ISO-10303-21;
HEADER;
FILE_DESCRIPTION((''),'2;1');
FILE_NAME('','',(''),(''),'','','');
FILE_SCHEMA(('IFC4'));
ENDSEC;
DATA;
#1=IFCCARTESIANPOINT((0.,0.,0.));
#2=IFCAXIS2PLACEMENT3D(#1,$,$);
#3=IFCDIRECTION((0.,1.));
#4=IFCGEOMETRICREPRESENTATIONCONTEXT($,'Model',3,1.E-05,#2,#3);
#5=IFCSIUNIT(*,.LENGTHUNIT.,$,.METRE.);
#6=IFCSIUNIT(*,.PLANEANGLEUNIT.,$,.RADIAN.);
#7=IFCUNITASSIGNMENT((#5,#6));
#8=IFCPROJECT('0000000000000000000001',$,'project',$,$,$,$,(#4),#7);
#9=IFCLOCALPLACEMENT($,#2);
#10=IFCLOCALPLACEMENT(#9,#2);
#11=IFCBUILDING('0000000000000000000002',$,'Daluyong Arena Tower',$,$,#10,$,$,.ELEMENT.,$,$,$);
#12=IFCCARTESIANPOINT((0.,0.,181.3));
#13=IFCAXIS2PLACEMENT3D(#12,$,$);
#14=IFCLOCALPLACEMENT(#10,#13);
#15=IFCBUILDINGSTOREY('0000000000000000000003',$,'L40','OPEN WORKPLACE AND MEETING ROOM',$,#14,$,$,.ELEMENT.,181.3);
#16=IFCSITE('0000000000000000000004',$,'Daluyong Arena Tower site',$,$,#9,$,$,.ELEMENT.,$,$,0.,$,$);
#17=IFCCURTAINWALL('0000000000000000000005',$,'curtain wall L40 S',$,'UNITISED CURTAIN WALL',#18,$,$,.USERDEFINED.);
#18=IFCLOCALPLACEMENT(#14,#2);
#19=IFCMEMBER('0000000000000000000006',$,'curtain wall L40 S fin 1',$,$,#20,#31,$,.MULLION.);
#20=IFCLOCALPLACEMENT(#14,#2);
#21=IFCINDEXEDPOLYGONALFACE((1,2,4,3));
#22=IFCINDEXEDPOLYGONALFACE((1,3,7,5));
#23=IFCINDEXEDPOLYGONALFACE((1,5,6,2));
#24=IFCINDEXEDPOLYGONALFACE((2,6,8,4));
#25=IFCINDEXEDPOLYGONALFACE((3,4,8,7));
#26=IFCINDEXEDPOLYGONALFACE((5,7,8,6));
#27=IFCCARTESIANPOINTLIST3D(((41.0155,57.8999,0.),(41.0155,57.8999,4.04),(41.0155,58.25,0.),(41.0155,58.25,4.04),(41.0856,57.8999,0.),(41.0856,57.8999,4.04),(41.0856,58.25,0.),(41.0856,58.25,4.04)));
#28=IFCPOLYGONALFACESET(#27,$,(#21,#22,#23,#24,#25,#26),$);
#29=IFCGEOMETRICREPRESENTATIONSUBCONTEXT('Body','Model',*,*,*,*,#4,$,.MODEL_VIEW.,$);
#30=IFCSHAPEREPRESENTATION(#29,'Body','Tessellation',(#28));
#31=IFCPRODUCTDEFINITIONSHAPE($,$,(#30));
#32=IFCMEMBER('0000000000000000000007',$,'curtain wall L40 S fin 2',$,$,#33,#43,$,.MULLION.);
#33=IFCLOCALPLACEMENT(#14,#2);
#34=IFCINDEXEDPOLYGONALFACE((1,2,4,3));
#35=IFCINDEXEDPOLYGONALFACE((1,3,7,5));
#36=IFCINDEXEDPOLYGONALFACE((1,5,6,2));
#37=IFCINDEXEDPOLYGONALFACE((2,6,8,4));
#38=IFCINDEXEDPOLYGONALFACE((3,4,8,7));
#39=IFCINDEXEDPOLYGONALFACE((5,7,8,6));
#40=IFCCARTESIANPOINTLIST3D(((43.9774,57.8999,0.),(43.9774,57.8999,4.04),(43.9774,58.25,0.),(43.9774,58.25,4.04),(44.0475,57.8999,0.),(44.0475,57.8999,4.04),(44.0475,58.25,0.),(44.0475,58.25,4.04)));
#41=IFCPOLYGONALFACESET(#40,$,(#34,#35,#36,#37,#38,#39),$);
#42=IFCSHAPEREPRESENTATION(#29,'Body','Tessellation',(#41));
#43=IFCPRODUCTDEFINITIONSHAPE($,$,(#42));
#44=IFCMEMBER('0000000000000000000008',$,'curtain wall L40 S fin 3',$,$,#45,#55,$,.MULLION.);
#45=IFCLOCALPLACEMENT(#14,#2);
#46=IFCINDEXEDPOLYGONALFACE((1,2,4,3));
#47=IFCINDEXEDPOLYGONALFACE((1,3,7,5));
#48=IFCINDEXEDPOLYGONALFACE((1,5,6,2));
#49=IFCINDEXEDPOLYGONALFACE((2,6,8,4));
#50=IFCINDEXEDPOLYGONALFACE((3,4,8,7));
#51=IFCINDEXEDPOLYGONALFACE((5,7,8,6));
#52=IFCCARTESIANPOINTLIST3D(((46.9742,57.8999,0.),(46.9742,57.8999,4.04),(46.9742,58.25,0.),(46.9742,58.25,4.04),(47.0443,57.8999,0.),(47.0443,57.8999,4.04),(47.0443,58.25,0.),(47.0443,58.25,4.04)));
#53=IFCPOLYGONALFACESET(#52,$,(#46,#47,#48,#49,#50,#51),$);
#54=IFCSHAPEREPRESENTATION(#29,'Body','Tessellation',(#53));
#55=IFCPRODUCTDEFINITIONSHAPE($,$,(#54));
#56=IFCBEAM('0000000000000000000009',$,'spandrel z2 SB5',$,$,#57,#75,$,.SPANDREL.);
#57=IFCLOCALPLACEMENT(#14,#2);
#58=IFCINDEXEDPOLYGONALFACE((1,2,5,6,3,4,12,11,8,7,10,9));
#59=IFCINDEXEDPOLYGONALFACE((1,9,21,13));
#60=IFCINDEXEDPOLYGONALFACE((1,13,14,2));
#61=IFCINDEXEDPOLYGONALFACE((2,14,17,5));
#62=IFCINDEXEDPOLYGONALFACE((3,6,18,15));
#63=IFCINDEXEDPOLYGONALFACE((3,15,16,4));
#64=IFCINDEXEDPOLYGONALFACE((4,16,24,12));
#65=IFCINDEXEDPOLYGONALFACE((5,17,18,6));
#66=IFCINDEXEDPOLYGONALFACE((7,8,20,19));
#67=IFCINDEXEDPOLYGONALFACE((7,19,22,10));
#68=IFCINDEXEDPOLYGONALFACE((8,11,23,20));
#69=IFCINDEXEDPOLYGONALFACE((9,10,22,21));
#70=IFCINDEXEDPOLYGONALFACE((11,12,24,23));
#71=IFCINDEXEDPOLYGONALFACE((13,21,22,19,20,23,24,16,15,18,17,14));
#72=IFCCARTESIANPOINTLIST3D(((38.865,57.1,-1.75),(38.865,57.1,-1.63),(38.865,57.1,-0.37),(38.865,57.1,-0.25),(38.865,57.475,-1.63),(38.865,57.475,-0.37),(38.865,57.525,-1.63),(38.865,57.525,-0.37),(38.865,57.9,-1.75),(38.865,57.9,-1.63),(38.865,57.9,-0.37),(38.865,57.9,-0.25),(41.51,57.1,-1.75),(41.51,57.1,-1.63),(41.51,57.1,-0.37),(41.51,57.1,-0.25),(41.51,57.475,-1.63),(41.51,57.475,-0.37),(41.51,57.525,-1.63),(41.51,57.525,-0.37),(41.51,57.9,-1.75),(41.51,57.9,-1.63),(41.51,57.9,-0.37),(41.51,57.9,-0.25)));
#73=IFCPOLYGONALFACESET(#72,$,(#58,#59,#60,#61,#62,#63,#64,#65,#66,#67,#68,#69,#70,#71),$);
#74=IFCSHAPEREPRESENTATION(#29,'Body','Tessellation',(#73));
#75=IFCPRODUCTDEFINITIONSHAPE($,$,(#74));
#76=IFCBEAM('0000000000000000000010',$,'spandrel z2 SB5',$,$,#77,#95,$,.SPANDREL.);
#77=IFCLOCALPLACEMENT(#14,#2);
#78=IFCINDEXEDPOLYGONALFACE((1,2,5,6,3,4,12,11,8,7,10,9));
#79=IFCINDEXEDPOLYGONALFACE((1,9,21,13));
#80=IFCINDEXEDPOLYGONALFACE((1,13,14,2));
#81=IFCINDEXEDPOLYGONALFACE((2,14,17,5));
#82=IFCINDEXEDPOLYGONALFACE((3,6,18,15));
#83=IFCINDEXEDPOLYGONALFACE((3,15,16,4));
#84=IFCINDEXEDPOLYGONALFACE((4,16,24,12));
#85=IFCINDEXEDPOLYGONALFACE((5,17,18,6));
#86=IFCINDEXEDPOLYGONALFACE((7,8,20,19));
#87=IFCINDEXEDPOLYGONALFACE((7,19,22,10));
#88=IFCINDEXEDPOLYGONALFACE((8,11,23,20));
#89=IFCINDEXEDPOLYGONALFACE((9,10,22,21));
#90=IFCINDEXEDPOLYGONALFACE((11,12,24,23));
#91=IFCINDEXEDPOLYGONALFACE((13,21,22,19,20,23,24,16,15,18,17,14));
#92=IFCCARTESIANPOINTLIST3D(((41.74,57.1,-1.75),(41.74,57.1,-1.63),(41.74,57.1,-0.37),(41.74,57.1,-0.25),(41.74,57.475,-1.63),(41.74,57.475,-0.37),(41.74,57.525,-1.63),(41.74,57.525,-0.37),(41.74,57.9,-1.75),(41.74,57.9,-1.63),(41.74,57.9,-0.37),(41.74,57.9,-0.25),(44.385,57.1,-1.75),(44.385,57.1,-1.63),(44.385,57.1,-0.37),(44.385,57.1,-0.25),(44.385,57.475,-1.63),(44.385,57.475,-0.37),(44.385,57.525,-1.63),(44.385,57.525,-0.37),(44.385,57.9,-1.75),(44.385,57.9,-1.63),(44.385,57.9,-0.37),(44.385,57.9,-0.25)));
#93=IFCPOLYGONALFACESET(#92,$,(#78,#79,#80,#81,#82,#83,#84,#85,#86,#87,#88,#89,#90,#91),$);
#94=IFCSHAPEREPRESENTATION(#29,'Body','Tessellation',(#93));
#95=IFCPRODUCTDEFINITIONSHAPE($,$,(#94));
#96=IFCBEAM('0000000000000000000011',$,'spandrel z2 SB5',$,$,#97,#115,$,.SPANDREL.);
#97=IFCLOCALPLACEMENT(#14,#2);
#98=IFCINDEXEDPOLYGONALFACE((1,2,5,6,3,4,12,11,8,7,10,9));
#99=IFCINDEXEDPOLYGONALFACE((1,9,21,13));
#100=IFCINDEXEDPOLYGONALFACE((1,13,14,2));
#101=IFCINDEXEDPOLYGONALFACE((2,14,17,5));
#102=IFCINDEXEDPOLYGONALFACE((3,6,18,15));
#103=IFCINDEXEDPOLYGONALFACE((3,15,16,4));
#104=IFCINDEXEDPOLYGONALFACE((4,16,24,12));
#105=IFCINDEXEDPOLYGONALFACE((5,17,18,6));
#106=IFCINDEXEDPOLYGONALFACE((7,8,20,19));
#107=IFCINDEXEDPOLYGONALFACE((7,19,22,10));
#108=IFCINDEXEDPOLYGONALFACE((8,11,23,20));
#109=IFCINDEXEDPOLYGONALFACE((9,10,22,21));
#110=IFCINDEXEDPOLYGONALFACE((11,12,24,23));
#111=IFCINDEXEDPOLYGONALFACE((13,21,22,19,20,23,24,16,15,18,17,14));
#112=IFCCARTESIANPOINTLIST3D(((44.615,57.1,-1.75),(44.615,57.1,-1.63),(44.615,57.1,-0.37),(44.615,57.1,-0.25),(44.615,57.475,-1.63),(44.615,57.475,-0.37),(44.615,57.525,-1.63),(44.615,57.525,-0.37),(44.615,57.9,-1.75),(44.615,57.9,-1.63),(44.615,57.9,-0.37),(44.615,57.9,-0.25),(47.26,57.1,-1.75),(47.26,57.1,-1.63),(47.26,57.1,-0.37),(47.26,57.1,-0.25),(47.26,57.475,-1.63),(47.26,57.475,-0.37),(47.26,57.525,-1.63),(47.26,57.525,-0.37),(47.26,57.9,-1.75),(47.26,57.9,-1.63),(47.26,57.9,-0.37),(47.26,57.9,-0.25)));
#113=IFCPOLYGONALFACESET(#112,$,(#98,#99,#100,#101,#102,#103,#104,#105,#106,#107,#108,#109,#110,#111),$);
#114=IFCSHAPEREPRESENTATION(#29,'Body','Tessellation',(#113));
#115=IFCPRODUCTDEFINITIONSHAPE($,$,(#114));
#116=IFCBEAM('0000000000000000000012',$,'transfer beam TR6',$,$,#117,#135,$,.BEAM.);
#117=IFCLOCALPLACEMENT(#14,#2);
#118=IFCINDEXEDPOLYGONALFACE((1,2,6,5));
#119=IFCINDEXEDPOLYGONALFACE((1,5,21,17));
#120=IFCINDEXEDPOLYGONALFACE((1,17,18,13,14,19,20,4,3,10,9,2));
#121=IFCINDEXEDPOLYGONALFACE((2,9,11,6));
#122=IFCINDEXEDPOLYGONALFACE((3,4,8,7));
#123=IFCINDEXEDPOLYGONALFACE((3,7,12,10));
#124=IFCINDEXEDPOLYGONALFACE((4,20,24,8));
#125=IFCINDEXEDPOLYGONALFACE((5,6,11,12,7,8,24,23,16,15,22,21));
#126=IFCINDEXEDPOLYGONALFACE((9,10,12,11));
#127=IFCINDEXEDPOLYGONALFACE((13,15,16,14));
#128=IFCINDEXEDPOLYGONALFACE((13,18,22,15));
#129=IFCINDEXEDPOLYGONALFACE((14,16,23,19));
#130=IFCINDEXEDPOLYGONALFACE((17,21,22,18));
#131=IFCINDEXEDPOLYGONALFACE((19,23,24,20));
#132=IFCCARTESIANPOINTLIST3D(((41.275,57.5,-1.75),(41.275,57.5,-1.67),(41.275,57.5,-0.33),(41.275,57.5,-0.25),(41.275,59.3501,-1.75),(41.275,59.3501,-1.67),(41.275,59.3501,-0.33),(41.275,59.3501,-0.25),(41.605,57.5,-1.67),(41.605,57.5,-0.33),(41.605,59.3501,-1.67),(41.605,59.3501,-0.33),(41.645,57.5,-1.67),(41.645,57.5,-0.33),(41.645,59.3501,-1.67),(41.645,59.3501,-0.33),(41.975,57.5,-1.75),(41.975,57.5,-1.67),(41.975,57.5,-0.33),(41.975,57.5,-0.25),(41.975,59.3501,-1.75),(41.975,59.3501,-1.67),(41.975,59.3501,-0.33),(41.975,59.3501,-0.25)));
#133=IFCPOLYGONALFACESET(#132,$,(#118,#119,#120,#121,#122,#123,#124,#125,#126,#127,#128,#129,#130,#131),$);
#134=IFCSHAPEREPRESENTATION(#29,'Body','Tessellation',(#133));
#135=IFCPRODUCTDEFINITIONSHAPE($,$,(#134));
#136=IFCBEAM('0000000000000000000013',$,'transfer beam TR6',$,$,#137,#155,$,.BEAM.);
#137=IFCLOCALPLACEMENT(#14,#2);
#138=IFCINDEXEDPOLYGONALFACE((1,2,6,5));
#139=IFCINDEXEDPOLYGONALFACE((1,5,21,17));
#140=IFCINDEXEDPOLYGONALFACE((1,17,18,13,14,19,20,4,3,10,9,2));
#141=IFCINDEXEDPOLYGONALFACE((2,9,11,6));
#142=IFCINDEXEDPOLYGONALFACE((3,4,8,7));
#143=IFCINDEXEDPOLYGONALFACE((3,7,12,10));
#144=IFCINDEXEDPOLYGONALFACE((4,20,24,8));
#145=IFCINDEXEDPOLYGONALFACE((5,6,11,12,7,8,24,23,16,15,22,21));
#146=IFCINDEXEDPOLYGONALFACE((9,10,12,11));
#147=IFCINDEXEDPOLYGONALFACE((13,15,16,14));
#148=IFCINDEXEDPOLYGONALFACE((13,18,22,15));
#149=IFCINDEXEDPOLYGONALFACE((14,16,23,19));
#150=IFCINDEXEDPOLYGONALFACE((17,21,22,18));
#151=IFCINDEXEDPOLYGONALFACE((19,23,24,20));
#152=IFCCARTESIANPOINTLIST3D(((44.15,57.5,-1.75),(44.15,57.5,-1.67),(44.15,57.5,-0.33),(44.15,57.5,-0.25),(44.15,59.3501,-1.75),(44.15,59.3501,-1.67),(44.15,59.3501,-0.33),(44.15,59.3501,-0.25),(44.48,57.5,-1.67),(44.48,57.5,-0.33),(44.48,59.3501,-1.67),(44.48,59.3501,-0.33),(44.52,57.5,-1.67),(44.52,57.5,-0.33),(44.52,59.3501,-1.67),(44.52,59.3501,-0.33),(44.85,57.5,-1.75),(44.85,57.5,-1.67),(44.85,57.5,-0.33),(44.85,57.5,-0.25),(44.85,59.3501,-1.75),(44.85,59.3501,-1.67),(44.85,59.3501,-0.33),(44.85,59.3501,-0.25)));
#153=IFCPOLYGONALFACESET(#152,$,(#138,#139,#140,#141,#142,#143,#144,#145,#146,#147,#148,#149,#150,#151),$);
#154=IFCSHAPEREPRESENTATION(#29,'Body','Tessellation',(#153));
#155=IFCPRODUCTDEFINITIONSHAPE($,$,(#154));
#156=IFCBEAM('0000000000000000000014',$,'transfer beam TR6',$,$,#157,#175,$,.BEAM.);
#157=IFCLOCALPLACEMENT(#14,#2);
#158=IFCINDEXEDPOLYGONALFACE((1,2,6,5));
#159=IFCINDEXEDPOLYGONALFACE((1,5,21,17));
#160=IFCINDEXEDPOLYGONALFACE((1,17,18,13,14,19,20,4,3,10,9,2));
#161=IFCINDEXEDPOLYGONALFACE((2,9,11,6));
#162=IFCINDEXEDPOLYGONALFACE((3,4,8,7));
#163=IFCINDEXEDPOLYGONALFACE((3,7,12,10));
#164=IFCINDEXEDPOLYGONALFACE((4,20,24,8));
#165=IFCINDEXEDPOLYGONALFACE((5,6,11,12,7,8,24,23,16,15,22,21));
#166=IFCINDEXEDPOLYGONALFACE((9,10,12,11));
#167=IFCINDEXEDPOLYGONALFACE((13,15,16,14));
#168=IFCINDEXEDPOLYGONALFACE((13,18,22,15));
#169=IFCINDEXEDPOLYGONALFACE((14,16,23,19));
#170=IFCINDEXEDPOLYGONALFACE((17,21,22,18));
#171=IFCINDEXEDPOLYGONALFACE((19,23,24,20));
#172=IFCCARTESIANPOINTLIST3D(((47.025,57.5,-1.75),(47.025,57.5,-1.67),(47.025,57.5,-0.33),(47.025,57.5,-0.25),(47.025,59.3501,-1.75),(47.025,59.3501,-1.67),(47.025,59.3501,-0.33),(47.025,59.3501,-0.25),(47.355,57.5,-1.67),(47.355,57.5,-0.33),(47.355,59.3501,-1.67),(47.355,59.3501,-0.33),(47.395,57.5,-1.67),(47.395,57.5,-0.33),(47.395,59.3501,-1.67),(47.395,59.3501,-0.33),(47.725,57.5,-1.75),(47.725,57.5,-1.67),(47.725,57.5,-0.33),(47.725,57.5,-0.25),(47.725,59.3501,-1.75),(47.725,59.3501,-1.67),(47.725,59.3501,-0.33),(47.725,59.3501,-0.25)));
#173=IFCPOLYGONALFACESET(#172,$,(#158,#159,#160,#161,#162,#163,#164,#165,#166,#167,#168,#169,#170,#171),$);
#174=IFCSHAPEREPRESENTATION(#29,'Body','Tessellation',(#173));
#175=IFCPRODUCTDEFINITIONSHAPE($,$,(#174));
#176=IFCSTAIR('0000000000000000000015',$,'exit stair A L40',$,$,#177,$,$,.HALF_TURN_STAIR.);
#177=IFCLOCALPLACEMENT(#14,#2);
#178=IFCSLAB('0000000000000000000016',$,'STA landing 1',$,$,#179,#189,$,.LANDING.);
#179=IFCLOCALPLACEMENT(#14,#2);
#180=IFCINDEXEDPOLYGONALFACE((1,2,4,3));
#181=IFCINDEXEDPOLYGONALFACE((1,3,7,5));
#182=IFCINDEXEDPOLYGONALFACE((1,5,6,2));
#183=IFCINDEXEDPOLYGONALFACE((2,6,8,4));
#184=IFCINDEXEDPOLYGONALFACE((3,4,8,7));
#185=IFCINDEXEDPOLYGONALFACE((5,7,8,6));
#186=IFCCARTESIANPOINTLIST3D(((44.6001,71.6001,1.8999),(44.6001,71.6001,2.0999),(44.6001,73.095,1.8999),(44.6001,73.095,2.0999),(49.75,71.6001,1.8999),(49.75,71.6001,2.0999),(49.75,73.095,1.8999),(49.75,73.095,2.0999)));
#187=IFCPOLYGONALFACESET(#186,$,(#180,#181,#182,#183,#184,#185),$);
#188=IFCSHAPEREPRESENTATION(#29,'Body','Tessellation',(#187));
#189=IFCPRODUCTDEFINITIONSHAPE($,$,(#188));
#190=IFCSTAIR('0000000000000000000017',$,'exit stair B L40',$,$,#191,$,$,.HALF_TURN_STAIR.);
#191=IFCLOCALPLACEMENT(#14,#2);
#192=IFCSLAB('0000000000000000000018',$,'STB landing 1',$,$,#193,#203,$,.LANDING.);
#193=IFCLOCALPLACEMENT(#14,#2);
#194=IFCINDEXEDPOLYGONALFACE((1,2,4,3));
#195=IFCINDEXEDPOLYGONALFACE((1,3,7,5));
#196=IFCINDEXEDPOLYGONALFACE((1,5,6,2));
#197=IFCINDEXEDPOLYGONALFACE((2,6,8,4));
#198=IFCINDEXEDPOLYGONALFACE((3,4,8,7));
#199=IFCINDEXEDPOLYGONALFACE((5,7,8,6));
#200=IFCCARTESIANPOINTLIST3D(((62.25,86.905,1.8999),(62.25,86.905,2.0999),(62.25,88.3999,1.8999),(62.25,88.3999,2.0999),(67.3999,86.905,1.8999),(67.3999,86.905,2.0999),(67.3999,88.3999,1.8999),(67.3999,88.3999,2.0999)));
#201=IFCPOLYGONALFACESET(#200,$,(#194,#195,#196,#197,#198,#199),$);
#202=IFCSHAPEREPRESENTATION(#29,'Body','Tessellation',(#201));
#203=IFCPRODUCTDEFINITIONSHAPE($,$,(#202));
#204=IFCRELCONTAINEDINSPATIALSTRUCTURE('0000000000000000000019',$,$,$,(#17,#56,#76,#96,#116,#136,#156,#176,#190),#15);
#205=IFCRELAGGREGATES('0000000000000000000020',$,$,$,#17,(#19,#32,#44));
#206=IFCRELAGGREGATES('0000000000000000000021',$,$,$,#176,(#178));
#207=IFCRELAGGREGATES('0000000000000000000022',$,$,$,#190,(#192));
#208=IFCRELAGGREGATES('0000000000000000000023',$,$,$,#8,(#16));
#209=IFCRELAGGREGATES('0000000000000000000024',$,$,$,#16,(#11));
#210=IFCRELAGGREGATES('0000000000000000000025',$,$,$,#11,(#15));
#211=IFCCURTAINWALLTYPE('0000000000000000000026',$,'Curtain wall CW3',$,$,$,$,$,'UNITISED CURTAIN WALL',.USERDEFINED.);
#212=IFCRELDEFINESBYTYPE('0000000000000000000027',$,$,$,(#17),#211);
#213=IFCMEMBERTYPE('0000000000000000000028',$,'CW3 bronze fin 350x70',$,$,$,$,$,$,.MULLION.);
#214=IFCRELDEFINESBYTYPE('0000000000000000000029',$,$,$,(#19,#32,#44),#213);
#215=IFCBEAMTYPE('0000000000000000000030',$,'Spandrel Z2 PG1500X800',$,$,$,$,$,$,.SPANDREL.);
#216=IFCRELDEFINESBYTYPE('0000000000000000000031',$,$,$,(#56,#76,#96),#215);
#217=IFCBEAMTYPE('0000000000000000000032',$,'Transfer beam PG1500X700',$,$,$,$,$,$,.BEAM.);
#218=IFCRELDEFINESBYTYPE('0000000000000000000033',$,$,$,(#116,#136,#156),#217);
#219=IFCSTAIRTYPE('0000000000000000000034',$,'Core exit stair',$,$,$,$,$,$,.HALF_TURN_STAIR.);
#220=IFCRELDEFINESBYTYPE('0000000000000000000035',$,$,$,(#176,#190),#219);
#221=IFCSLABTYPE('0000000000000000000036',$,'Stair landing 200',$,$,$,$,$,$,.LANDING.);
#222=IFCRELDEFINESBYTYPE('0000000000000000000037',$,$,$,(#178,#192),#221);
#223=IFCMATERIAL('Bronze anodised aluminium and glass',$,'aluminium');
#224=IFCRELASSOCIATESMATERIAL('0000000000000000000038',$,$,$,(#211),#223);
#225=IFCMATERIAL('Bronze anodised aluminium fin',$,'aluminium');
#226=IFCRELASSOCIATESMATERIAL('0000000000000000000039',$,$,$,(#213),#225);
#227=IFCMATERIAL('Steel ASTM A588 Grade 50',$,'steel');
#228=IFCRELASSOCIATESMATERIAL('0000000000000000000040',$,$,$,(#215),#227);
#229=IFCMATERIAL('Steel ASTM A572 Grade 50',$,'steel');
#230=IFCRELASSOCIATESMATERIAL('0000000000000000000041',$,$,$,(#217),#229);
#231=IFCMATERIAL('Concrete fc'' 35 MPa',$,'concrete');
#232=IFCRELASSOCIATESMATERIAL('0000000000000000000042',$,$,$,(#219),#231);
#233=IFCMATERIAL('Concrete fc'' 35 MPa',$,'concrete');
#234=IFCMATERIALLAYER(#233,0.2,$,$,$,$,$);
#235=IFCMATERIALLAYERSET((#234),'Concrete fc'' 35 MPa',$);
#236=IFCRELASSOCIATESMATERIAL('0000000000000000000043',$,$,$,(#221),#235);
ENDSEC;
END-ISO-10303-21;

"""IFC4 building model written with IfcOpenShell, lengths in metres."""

from ifc_helpers import new_model, si_unit, direction, frame, origin, origin_2d, place, context, subcontext, project, spatial, polyline, rectangle, i_section, outline, extrude, material, layer, layer_set, material_profile, profile_set, type_object, element, aggregate, save


model = new_model("IFC4")

# Units and contexts
model_context = context("Model", 3, precision=1e-05, world=origin(), true_north=direction((0.0, 1.0)))
body_context = subcontext(model_context, "Body", "Model", "MODEL_VIEW")
ifc_project = project(units=[si_unit("LENGTHUNIT", "METRE"), si_unit("PLANEANGLEUNIT", "RADIAN")], contexts=[model_context])

# Site, building, storey
site_placement = place(None, origin())
site = spatial("IfcSite", under=ifc_project, at=site_placement, Name="Daluyong Arena Tower site", CompositionType="ELEMENT", RefElevation=0.0)
building_placement = place(site_placement, origin())
building = spatial("IfcBuilding", under=site, at=building_placement, Name="Daluyong Arena Tower", CompositionType="ELEMENT")
storey_placement = place(building_placement, frame((0.0, 0.0, 181.3)))
storey = spatial("IfcBuildingStorey", under=building, at=storey_placement, Name="L40", Description="OPEN WORKPLACE AND MEETING ROOM", CompositionType="ELEMENT", Elevation=181.3)

# Curtain wall, members
ifc_material_1 = material(Name="Bronze anodised aluminium and glass", Category="aluminium")
curtain_wall_type = type_object("IfcCurtainWallType", Name="Curtain wall CW3", ElementType="UNITISED CURTAIN WALL", PredefinedType="USERDEFINED", material=ifc_material_1)
curtain_wall_placement = place(storey_placement, origin())
curtain_wall = element("IfcCurtainWall", 1, at=curtain_wall_placement, inside=storey, type_object=curtain_wall_type, Name="curtain wall L40 S", ObjectType="UNITISED CURTAIN WALL", PredefinedType="USERDEFINED")
ifc_material_2 = material(Name="Bronze anodised aluminium fin", Category="aluminium")
ifc_material_profile_1 = material_profile(ifc_material_2, rectangle(XDim=0.3501, YDim=0.0701, at=origin_2d()))
ifc_profile_set_1 = profile_set([ifc_material_profile_1], Name="Bronze anodised aluminium fin")
member_type = type_object("IfcMemberType", Name="CW3 bronze fin 350x70", PredefinedType="MULLION", material=ifc_profile_set_1)
member_1_placement = place(storey_placement, frame((41.0505, 58.075, 0.0), z_axis=(0.0, 0.0, 1.0), x_axis=(0.0, 1.0, 0.0)))
member_1 = element("IfcMember", 2, at=member_1_placement, type_object=member_type, Name="curtain wall L40 S fin 1", PredefinedType="MULLION", context=body_context, shape_type="SweptSolid", body=[
    extrude(rectangle(XDim=0.3501, YDim=0.0701, at=origin_2d()), origin(), (0.0, 0.0, 1.0), 4.04),
])
member_2_placement = place(storey_placement, frame((44.0125, 58.075, 0.0), z_axis=(0.0, 0.0, 1.0), x_axis=(0.0, 1.0, 0.0)))
member_2 = element("IfcMember", 3, at=member_2_placement, type_object=member_type, Name="curtain wall L40 S fin 2", PredefinedType="MULLION", context=body_context, shape_type="SweptSolid", body=[
    extrude(rectangle(XDim=0.3501, YDim=0.0701, at=origin_2d()), origin(), (0.0, 0.0, 1.0), 4.04),
])
member_3_placement = place(storey_placement, frame((47.0093, 58.075, 0.0), z_axis=(0.0, 0.0, 1.0), x_axis=(0.0, 1.0, 0.0)))
member_3 = element("IfcMember", 4, at=member_3_placement, type_object=member_type, Name="curtain wall L40 S fin 3", PredefinedType="MULLION", context=body_context, shape_type="SweptSolid", body=[
    extrude(rectangle(XDim=0.3501, YDim=0.0701, at=origin_2d()), origin(), (0.0, 0.0, 1.0), 4.04),
])
aggregate(curtain_wall, [member_1, member_2, member_3])

# Beams
ifc_material_3 = material(Name="Steel ASTM A588 Grade 50", Category="steel")
ifc_material_profile_2 = material_profile(ifc_material_3, i_section(OverallWidth=0.8, OverallDepth=1.5, WebThickness=0.05, FlangeThickness=0.12, at=origin_2d()))
ifc_profile_set_2 = profile_set([ifc_material_profile_2], Name="Steel ASTM A588 Grade 50")
beam_type_1 = type_object("IfcBeamType", Name="Spandrel Z2 PG1500X800", PredefinedType="SPANDREL", material=ifc_profile_set_2)
for number, where, z_axis, x_axis, name in (
    (5, (38.865, 57.5, -1.0), (1.0, 0.0, 0.0), (0.0, 1.0, 0.0), "spandrel z2 SB5"),
    (6, (41.74, 57.5, -1.0), (1.0, 0.0, 0.0), (0.0, 1.0, 0.0), "spandrel z2 SB5"),
    (7, (44.615, 57.5, -1.0), (1.0, 0.0, 0.0), (0.0, 1.0, 0.0), "spandrel z2 SB5"),
):
    element("IfcBeam", number, at=place(storey_placement, frame(where, z_axis=z_axis, x_axis=x_axis)), inside=storey, type_object=beam_type_1, Name=name, PredefinedType="SPANDREL", context=body_context, shape_type="SweptSolid", body=[
        extrude(i_section(OverallWidth=0.8, OverallDepth=1.5, WebThickness=0.05, FlangeThickness=0.12, at=origin_2d()), origin(), (0.0, 0.0, 1.0), 2.645),
    ])
ifc_material_4 = material(Name="Steel ASTM A572 Grade 50", Category="steel")
ifc_material_profile_3 = material_profile(ifc_material_4, i_section(OverallWidth=0.7, OverallDepth=1.5, WebThickness=0.04, FlangeThickness=0.08, at=origin_2d()))
ifc_profile_set_3 = profile_set([ifc_material_profile_3], Name="Steel ASTM A572 Grade 50")
beam_type_2 = type_object("IfcBeamType", Name="Transfer beam PG1500X700", PredefinedType="BEAM", material=ifc_profile_set_3)
for number, where, z_axis, x_axis, name in (
    (8, (41.625, 57.5, -1.0), (0.0, 1.0, 0.0), (-1.0, 0.0, 0.0), "transfer beam TR6"),
    (9, (44.5, 57.5, -1.0), (0.0, 1.0, 0.0), (-1.0, 0.0, 0.0), "transfer beam TR6"),
    (10, (47.375, 57.5, -1.0), (0.0, 1.0, 0.0), (-1.0, 0.0, 0.0), "transfer beam TR6"),
):
    element("IfcBeam", number, at=place(storey_placement, frame(where, z_axis=z_axis, x_axis=x_axis)), inside=storey, type_object=beam_type_2, Name=name, PredefinedType="BEAM", context=body_context, shape_type="SweptSolid", body=[
        extrude(i_section(OverallWidth=0.7, OverallDepth=1.5, WebThickness=0.04, FlangeThickness=0.08, at=origin_2d()), origin(), (0.0, 0.0, 1.0), 1.8501),
    ])

# Stairs, slabs
ifc_material_5 = material(Name="Concrete fc' 35 MPa", Category="concrete")
stair_type = type_object("IfcStairType", Name="Core exit stair", PredefinedType="HALF_TURN_STAIR", material=ifc_material_5)
stair_1_placement = place(storey_placement, origin())
stair_1 = element("IfcStair", 11, at=stair_1_placement, inside=storey, type_object=stair_type, Name="exit stair A L40", PredefinedType="HALF_TURN_STAIR")
ifc_material_6 = material(Name="Concrete fc' 35 MPa", Category="concrete")
ifc_layer_1 = layer(ifc_material_6, 0.2)
ifc_layer_set_1 = layer_set([ifc_layer_1], Name="Concrete fc' 35 MPa")
slab_type = type_object("IfcSlabType", Name="Stair landing 200", PredefinedType="LANDING", material=ifc_layer_set_1)
slab_1_placement = place(storey_placement, frame((0.0, 0.0, 1.8999)))
slab_1 = element("IfcSlab", 12, at=slab_1_placement, type_object=slab_type, Name="STA landing 1", PredefinedType="LANDING", context=body_context, shape_type="SweptSolid", body=[
    extrude(outline(polyline([(44.6001, 71.6001), (49.75, 71.6001), (49.75, 73.095), (44.6001, 73.095), (44.6001, 71.6001)])), origin(), (0.0, 0.0, 1.0), 0.2),
])
aggregate(stair_1, [slab_1])
stair_2_placement = place(storey_placement, origin())
stair_2 = element("IfcStair", 13, at=stair_2_placement, inside=storey, type_object=stair_type, Name="exit stair B L40", PredefinedType="HALF_TURN_STAIR")
slab_2_placement = place(storey_placement, frame((0.0, 0.0, 1.8999)))
slab_2 = element("IfcSlab", 14, at=slab_2_placement, type_object=slab_type, Name="STB landing 1", PredefinedType="LANDING", context=body_context, shape_type="SweptSolid", body=[
    extrude(outline(polyline([(62.25, 86.905), (67.3999, 86.905), (67.3999, 88.3999), (62.25, 88.3999), (62.25, 86.905)])), origin(), (0.0, 0.0, 1.0), 0.2),
])
aggregate(stair_2, [slab_2])

save(model, "model.ifc")
